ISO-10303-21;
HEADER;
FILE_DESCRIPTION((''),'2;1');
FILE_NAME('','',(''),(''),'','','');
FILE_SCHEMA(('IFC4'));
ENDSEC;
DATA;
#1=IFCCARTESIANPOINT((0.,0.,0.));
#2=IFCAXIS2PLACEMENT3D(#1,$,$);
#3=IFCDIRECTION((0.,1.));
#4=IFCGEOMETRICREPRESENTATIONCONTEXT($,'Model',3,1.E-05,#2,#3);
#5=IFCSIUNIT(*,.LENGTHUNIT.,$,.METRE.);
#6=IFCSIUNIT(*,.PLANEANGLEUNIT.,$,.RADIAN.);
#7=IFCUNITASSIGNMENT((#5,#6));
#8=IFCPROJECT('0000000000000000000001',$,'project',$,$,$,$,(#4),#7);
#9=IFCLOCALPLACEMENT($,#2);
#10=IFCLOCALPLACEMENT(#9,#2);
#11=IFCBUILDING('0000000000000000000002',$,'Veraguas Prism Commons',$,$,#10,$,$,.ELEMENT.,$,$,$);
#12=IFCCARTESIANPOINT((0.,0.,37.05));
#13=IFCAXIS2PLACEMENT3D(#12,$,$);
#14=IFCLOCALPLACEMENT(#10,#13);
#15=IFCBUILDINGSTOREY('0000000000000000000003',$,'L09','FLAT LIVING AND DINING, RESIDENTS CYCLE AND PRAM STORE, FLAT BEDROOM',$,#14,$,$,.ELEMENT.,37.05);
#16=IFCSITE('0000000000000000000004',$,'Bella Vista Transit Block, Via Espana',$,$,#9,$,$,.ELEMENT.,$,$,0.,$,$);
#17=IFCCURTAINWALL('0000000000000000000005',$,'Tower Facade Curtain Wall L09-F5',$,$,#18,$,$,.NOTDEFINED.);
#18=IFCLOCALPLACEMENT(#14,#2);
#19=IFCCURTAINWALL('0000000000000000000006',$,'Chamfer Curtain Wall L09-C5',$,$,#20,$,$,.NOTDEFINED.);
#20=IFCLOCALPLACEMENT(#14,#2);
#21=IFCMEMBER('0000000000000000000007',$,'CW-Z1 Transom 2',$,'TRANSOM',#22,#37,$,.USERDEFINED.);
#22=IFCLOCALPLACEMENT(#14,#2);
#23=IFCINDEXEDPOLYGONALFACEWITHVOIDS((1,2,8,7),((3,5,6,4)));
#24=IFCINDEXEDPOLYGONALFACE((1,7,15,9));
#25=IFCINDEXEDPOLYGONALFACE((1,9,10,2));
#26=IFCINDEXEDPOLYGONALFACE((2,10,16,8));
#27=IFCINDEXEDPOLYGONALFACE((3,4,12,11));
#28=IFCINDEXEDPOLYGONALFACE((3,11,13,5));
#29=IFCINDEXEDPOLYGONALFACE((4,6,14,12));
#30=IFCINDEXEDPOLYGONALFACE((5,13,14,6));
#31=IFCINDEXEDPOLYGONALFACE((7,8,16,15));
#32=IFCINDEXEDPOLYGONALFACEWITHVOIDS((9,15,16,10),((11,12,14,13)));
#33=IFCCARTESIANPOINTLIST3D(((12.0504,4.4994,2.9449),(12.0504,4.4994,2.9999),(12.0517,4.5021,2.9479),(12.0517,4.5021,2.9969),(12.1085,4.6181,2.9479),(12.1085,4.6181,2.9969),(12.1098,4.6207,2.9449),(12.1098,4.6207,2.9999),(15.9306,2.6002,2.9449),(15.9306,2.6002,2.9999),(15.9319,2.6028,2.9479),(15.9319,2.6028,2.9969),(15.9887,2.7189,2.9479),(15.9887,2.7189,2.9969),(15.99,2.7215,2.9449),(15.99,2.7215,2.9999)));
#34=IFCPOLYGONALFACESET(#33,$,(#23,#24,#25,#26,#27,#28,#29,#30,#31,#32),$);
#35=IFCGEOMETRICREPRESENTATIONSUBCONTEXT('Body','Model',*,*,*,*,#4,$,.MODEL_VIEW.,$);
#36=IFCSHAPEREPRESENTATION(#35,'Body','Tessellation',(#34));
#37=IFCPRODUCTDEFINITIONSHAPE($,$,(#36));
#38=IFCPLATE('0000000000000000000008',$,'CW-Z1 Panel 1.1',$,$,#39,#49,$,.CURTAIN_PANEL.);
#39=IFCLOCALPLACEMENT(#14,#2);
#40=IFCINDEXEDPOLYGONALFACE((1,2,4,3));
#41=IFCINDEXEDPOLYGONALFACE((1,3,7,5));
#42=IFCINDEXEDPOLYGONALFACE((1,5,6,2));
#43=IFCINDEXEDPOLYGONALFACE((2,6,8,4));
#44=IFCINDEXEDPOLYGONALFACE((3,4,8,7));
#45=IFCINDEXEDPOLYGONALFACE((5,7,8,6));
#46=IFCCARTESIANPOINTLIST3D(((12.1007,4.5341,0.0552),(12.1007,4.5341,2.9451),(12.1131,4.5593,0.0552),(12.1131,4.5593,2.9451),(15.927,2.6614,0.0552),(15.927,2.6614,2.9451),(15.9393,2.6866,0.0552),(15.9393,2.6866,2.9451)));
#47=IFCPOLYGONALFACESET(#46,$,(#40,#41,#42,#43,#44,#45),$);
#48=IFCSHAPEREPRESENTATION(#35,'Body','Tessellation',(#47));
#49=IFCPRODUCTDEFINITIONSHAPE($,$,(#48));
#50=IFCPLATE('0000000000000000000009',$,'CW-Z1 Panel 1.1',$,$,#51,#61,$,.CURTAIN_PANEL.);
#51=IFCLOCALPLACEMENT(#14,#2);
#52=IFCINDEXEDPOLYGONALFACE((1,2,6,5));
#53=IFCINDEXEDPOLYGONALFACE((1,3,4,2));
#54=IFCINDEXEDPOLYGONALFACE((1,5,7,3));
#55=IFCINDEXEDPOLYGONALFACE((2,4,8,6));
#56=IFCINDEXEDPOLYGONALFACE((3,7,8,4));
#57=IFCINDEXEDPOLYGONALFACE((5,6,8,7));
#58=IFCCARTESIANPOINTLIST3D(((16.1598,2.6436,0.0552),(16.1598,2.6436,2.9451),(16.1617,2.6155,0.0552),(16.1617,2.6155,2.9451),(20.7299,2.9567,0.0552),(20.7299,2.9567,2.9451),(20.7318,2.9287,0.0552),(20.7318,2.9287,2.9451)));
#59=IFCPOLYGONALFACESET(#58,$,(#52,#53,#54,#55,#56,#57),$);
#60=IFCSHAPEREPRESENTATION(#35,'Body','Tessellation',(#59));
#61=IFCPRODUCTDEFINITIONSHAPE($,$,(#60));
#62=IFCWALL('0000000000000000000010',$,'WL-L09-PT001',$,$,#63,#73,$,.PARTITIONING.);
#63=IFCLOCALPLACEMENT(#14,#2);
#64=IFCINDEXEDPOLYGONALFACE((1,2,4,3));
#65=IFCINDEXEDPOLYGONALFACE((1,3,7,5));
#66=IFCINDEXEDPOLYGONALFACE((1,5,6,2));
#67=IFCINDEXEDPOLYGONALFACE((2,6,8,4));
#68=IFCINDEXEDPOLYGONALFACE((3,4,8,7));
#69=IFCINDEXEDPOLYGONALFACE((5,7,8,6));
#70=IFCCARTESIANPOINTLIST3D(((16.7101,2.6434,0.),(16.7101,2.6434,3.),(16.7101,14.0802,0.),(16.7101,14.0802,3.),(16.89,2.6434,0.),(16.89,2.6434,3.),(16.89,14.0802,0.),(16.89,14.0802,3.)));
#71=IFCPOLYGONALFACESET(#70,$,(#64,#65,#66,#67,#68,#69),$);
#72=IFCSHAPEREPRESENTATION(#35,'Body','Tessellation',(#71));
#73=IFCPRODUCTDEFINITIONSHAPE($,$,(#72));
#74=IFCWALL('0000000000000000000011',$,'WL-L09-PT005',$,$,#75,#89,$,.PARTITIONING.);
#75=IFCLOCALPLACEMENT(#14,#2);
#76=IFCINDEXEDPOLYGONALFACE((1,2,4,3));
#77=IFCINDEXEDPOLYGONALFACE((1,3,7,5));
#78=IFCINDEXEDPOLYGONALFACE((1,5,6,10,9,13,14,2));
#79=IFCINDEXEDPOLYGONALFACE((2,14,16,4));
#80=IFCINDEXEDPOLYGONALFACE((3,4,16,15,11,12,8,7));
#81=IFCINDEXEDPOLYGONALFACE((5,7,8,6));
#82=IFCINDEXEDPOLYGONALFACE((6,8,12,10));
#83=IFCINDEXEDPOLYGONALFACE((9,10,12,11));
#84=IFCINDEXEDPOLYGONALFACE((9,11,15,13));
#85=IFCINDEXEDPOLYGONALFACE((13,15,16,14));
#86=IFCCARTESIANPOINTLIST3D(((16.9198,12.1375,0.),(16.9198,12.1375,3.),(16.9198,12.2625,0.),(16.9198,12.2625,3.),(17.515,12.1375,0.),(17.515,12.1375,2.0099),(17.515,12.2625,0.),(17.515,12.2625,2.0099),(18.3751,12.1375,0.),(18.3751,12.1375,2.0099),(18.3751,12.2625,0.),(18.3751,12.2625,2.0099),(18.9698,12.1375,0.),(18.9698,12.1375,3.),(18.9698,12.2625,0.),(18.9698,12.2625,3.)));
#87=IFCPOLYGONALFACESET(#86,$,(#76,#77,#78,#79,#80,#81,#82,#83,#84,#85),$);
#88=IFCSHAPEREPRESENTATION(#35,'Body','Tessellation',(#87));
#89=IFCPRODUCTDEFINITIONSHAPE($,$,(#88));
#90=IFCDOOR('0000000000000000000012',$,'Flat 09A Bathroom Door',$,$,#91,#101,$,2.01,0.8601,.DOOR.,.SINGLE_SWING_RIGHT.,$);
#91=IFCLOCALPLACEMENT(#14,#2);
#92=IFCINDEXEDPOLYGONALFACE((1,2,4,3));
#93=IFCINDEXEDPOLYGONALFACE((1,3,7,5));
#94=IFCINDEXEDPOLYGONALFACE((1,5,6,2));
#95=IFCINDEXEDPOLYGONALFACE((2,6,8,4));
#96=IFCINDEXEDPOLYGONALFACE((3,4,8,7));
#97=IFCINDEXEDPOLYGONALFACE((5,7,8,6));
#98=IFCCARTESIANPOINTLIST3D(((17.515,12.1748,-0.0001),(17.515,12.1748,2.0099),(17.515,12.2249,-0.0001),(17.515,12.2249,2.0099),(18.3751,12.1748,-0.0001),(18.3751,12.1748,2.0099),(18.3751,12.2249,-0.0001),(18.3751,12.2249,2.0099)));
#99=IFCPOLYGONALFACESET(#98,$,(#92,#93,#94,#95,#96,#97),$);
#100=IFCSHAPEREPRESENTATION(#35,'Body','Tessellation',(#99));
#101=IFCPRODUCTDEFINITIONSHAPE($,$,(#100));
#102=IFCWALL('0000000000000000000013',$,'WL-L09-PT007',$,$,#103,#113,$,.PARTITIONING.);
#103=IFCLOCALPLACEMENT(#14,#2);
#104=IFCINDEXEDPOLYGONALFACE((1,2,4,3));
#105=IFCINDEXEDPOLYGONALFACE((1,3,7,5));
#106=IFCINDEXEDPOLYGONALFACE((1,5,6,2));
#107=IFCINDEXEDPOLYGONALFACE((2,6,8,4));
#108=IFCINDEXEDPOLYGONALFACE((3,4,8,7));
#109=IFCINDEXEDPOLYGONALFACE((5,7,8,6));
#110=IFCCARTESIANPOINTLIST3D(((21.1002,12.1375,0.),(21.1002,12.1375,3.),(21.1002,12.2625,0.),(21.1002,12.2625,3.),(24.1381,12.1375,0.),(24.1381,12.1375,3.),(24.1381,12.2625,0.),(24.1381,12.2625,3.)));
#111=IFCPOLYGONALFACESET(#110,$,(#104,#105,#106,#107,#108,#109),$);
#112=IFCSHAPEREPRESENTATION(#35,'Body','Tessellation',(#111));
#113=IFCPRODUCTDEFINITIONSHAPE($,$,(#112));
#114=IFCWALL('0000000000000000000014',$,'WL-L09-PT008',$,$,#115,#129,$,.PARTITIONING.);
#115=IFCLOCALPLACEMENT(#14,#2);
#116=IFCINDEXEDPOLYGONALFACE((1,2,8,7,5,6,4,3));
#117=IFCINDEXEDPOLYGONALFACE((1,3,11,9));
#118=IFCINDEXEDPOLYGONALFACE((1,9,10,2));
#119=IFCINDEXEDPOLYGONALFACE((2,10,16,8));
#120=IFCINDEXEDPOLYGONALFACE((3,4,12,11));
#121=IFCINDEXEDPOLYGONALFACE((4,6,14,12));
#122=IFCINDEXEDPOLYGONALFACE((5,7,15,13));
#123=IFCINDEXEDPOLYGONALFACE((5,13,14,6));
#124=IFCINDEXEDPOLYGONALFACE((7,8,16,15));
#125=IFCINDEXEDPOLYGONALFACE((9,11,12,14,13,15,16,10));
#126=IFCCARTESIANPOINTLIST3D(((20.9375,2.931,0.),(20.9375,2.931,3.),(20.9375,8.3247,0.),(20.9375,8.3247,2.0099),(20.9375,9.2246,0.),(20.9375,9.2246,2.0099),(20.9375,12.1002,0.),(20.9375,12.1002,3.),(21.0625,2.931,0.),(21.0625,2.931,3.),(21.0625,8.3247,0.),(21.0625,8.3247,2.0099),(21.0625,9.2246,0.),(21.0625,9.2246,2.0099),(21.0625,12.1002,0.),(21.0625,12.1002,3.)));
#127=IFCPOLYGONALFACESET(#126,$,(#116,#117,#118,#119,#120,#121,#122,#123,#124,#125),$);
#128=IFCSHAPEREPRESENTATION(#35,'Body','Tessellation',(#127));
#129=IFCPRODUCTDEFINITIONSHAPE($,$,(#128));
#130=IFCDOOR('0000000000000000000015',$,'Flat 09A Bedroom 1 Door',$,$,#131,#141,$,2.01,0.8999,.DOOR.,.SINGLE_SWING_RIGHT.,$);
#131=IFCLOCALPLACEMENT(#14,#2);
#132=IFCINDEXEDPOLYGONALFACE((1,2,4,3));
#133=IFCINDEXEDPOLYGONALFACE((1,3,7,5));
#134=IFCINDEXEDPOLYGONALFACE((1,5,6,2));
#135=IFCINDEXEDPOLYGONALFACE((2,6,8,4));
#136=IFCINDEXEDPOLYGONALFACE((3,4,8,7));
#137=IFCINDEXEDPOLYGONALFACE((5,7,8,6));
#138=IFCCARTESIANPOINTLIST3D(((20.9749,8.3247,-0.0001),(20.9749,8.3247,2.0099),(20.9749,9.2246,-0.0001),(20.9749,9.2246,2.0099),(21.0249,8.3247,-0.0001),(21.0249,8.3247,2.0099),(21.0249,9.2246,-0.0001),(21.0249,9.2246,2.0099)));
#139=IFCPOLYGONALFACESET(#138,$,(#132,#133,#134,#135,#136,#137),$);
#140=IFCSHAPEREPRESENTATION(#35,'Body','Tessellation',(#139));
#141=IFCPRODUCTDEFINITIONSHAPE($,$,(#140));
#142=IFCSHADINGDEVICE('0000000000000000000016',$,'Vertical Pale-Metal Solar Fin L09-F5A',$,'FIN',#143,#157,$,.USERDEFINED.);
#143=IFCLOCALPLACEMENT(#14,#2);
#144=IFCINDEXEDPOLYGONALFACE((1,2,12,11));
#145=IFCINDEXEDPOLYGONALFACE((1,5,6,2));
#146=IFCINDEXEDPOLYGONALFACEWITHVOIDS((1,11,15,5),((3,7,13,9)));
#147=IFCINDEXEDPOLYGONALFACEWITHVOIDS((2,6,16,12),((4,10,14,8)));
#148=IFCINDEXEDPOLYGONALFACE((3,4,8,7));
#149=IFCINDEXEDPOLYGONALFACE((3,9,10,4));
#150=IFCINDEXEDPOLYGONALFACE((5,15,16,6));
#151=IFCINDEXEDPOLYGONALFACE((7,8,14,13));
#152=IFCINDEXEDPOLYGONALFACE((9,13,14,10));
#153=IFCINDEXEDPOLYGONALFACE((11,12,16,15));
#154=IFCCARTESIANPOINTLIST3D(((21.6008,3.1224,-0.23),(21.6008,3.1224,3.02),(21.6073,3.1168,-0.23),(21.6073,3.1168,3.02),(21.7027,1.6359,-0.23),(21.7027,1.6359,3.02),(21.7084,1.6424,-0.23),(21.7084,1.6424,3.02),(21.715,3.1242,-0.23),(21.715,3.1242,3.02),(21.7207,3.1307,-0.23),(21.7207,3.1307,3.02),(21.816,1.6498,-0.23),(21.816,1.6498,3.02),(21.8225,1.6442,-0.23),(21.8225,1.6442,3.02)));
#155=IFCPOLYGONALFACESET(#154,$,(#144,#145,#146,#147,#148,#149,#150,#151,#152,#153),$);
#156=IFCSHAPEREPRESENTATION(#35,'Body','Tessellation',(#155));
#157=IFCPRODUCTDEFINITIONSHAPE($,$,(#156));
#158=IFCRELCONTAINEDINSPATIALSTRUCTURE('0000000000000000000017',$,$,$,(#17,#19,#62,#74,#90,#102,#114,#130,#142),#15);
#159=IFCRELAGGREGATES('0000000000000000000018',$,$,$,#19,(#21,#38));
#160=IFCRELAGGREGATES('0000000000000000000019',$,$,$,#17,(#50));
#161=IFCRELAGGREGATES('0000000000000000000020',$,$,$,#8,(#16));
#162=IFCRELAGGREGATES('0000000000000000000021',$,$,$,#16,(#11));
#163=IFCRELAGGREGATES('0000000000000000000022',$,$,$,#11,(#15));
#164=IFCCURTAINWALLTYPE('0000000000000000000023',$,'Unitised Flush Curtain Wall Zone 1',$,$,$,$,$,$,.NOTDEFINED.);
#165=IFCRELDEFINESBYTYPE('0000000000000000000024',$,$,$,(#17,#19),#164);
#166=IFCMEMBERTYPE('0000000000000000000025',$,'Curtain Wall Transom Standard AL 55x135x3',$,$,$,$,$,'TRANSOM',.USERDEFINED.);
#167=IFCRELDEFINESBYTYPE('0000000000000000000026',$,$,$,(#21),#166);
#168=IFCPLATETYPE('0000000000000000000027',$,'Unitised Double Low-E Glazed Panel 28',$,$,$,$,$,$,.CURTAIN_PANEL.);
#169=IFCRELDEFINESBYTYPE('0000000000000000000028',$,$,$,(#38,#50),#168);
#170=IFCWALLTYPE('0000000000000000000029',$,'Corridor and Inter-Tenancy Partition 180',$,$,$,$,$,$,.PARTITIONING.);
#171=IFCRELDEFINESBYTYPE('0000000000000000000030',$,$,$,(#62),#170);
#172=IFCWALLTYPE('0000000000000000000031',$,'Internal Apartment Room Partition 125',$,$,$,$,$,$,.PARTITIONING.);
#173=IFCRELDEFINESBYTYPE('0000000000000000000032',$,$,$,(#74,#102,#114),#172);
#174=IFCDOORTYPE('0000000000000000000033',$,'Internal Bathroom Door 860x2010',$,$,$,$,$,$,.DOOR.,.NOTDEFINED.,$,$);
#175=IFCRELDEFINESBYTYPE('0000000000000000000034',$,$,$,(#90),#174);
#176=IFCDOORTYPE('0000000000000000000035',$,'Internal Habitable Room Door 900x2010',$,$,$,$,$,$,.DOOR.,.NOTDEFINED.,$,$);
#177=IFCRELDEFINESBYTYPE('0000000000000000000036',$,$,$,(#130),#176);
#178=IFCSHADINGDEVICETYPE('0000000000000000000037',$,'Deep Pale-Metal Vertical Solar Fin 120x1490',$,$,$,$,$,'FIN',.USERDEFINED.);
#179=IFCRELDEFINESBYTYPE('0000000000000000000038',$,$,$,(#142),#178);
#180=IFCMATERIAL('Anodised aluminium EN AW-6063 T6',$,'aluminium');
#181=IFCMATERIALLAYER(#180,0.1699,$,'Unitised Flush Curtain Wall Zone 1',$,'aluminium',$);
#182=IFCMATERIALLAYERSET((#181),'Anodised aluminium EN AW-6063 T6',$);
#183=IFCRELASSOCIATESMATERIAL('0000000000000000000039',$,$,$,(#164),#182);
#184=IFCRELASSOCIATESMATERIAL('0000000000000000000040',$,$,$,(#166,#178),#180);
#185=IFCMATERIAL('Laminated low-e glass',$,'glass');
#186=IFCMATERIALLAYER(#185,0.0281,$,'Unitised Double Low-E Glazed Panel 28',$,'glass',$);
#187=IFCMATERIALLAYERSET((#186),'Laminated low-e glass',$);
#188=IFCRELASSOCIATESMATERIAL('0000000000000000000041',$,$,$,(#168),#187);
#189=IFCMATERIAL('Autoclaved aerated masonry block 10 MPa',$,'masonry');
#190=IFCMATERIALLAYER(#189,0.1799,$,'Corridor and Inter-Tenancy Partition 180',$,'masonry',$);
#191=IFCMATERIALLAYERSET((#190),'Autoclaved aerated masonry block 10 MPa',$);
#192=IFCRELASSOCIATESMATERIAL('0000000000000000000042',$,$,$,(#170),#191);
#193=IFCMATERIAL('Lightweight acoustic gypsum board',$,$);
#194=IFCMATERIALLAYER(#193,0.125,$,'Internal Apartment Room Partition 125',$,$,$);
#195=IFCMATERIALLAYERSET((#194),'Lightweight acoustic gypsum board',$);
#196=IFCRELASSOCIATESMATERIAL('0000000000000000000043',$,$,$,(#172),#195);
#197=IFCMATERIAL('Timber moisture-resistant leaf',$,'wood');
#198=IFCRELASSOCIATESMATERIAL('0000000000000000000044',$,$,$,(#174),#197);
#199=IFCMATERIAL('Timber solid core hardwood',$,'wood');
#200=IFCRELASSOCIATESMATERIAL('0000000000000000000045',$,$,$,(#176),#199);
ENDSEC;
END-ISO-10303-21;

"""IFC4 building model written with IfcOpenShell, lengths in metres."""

from ifc_helpers import new_model, si_unit, direction, frame, frame_2d, origin, origin_2d, place, context, subcontext, project, spatial, rectangle, hollow_rectangle, extrude, source, transform, mapped, material, layer, layer_set, material_profile, profile_set, type_object, element, fill, aggregate, save


model = new_model("IFC4")

# Units and contexts
model_context = context("Model", 3, precision=1e-05, world=origin(), true_north=direction((0.0, 1.0)))
body_context = subcontext(model_context, "Body", "Model", "MODEL_VIEW")
ifc_project = project(units=[si_unit("LENGTHUNIT", "METRE"), si_unit("PLANEANGLEUNIT", "RADIAN")], contexts=[model_context])

# Site, building, storey
site_placement = place(None, origin())
site = spatial("IfcSite", under=ifc_project, at=site_placement, Name="Bella Vista Transit Block, Via Espana", CompositionType="ELEMENT", RefElevation=0.0)
building_placement = place(site_placement, origin())
building = spatial("IfcBuilding", under=site, at=building_placement, Name="Veraguas Prism Commons", CompositionType="ELEMENT")
storey_placement = place(building_placement, frame((0.0, 0.0, 37.05)))
storey = spatial("IfcBuildingStorey", under=building, at=storey_placement, Name="L09", Description="FLAT LIVING AND DINING, RESIDENTS CYCLE AND PRAM STORE, FLAT BEDROOM", CompositionType="ELEMENT", Elevation=37.05)

# Curtain wall
ifc_material_1 = material(Name="Anodised aluminium EN AW-6063 T6", Category="aluminium")
ifc_layer_1 = layer(ifc_material_1, 0.1699, Name="Unitised Flush Curtain Wall Zone 1", Category="aluminium")
ifc_layer_set_1 = layer_set([ifc_layer_1], Name="Anodised aluminium EN AW-6063 T6")
curtain_wall_type = type_object("IfcCurtainWallType", Name="Unitised Flush Curtain Wall Zone 1", PredefinedType="NOTDEFINED", material=ifc_layer_set_1)
curtain_wall_1_placement = place(storey_placement, origin())
curtain_wall_1 = element("IfcCurtainWall", 1, at=curtain_wall_1_placement, inside=storey, type_object=curtain_wall_type, Name="Tower Facade Curtain Wall L09-F5", PredefinedType="NOTDEFINED")

# Curtain wall
curtain_wall_2_placement = place(storey_placement, origin())
curtain_wall_2 = element("IfcCurtainWall", 2, at=curtain_wall_2_placement, inside=storey, type_object=curtain_wall_type, Name="Chamfer Curtain Wall L09-C5", PredefinedType="NOTDEFINED")

# Member
ifc_material_profile_1 = material_profile(ifc_material_1, hollow_rectangle(XDim=0.0549, YDim=0.135, WallThickness=0.0029, at=origin_2d()), Name="AL55X135X3")
ifc_profile_set_1 = profile_set([ifc_material_profile_1], Name="Anodised aluminium EN AW-6063 T6")
member_type_1 = type_object("IfcMemberType", Name="Curtain Wall Transom Standard AL 55x135x3", ElementType="TRANSOM", PredefinedType="USERDEFINED", material=ifc_profile_set_1)
shared_shape_1 = source(origin(), body_context, "Body", "SweptSolid", [
    extrude(hollow_rectangle(XDim=0.0549, YDim=0.135, WallThickness=0.0029, at=origin_2d()), origin(), (0.0, 0.0, 1.0), 4.3201),
])
member_1_placement = place(storey_placement, frame((12.0801, 4.5601, 2.9724), z_axis=(0.898182, -0.439625, 0.0), x_axis=(0.0, 0.0, 1.0)))
member_1 = element("IfcMember", 3, at=member_1_placement, type_object=member_type_1, Name="CW-Z1 Transom 2", ObjectType="TRANSOM", PredefinedType="USERDEFINED", context=body_context, shape_type="MappedRepresentation", body=[
    mapped(shared_shape_1, transform((0.0, 0.0, 0.0), scale=1.0)),
])

# Plates
ifc_material_2 = material(Name="Laminated low-e glass", Category="glass")
ifc_layer_2 = layer(ifc_material_2, 0.0281, Name="Unitised Double Low-E Glazed Panel 28", Category="glass")
ifc_layer_set_2 = layer_set([ifc_layer_2], Name="Laminated low-e glass")
plate_type = type_object("IfcPlateType", Name="Unitised Double Low-E Glazed Panel 28", PredefinedType="CURTAIN_PANEL", material=ifc_layer_set_2)
shared_shape_2 = source(origin(), body_context, "Body", "SweptSolid", [
    extrude(rectangle(XDim=4.26, YDim=0.0281, at=origin_2d()), origin(), (0.0, 0.0, 1.0), 2.8899),
])
plate_1_placement = place(storey_placement, frame((14.02, 3.6104, 0.0552), z_axis=(0.0, 0.0, 1.0), x_axis=(0.898185, -0.439618, 0.0)))
plate_1 = element("IfcPlate", 4, at=plate_1_placement, type_object=plate_type, Name="CW-Z1 Panel 1.1", PredefinedType="CURTAIN_PANEL", context=body_context, shape_type="MappedRepresentation", body=[
    mapped(shared_shape_2, transform((0.0, 0.0, 0.0), scale=1.0)),
])
aggregate(curtain_wall_2, [member_1, plate_1])
shared_shape_3 = source(origin(), body_context, "Body", "SweptSolid", [
    extrude(rectangle(XDim=4.5808, YDim=0.0281, at=origin_2d()), origin(), (0.0, 0.0, 1.0), 2.8899),
])
plate_2_placement = place(storey_placement, frame((18.4458, 2.7861, 0.0552), z_axis=(0.0, 0.0, 1.0), x_axis=(0.99766, 0.068364, 0.0)))
plate_2 = element("IfcPlate", 5, at=plate_2_placement, type_object=plate_type, Name="CW-Z1 Panel 1.1", PredefinedType="CURTAIN_PANEL", context=body_context, shape_type="MappedRepresentation", body=[
    mapped(shared_shape_3, transform((0.0, 0.0, 0.0), scale=1.0)),
])
aggregate(curtain_wall_1, [plate_2])

# Wall
ifc_material_3 = material(Name="Autoclaved aerated masonry block 10 MPa", Category="masonry")
ifc_layer_3 = layer(ifc_material_3, 0.1799, Name="Corridor and Inter-Tenancy Partition 180", Category="masonry")
ifc_layer_set_3 = layer_set([ifc_layer_3], Name="Autoclaved aerated masonry block 10 MPa")
wall_type_1 = type_object("IfcWallType", Name="Corridor and Inter-Tenancy Partition 180", PredefinedType="PARTITIONING", material=ifc_layer_set_3)
wall_1_placement = place(storey_placement, frame((16.8, 14.0801, 0.0), z_axis=(0.0, 0.0, 1.0), x_axis=(0.0, -1.0, 0.0)))
element("IfcWall", 6, at=wall_1_placement, inside=storey, type_object=wall_type_1, Name="WL-L09-PT001", PredefinedType="PARTITIONING", context=body_context, shape_type="SweptSolid", body=[
    extrude(rectangle(XDim=11.4368, YDim=0.1799, at=frame_2d((5.7183, 0.0))), origin(), (0.0, 0.0, 1.0), 3.0),
])

# Wall, opening, door
ifc_material_4 = material(Name="Lightweight acoustic gypsum board")
ifc_layer_4 = layer(ifc_material_4, 0.125, Name="Internal Apartment Room Partition 125")
ifc_layer_set_4 = layer_set([ifc_layer_4], Name="Lightweight acoustic gypsum board")
wall_type_2 = type_object("IfcWallType", Name="Internal Apartment Room Partition 125", PredefinedType="PARTITIONING", material=ifc_layer_set_4)
wall_2_placement = place(storey_placement, frame((16.9199, 12.2, 0.0), z_axis=(0.0, 0.0, 1.0), x_axis=(1.0, 0.0, 0.0)))
wall_2 = element("IfcWall", 7, at=wall_2_placement, inside=storey, type_object=wall_type_2, Name="WL-L09-PT005", PredefinedType="PARTITIONING", context=body_context, shape_type="SweptSolid", body=[
    extrude(rectangle(XDim=2.05, YDim=0.125, at=frame_2d((1.0249, 0.0))), origin(), (0.0, 0.0, 1.0), 3.0),
])
opening_1_placement = place(wall_2_placement, frame((0.595, 0.0, 0.0)))
opening_1 = element("IfcOpeningElement", 8, at=opening_1_placement, cuts=wall_2, PredefinedType="OPENING", context=body_context, shape_type="SweptSolid", body=[
    extrude(rectangle(XDim=0.8601, YDim=2.01, at=frame_2d((0.4302, 1.0049))), frame((0.0, 0.0725, 0.0), z_axis=(0.0, -1.0, 0.0), x_axis=(1.0, 0.0, 0.0)), (0.0, 0.0, 1.0), 0.145),
])
ifc_material_5 = material(Name="Timber moisture-resistant leaf", Category="wood")
door_type_1 = type_object("IfcDoorType", Name="Internal Bathroom Door 860x2010", OperationType="NOTDEFINED", PredefinedType="DOOR", material=ifc_material_5)
shared_shape_4 = source(origin(), body_context, "Body", "SweptSolid", [
    extrude(rectangle(XDim=0.8601, YDim=2.01, at=frame_2d((0.4302, 1.0049))), frame((0.0, 0.0249, 0.0), z_axis=(0.0, -1.0, 0.0), x_axis=(1.0, 0.0, 0.0)), (0.0, 0.0, 1.0), 0.05),
])
door_1_placement = place(opening_1_placement, origin())
door_1 = element("IfcDoor", 9, at=door_1_placement, inside=storey, type_object=door_type_1, Name="Flat 09A Bathroom Door", OperationType="SINGLE_SWING_RIGHT", OverallHeight=2.01, OverallWidth=0.8601, PredefinedType="DOOR", context=body_context, shape_type="MappedRepresentation", body=[
    mapped(shared_shape_4, transform((0.0, 0.0, 0.0), scale=1.0)),
])
fill(opening_1, door_1)

# Wall
wall_3_placement = place(storey_placement, frame((21.1001, 12.2, 0.0), z_axis=(0.0, 0.0, 1.0), x_axis=(1.0, 0.0, 0.0)))
element("IfcWall", 10, at=wall_3_placement, inside=storey, type_object=wall_type_2, Name="WL-L09-PT007", PredefinedType="PARTITIONING", context=body_context, shape_type="SweptSolid", body=[
    extrude(rectangle(XDim=3.0378, YDim=0.125, at=frame_2d((1.519, 0.0))), origin(), (0.0, 0.0, 1.0), 3.0),
])

# Wall, opening, door
wall_4_placement = place(storey_placement, frame((21.0, 12.1001, 0.0), z_axis=(0.0, 0.0, 1.0), x_axis=(0.0, -1.0, 0.0)))
wall_4 = element("IfcWall", 11, at=wall_4_placement, inside=storey, type_object=wall_type_2, Name="WL-L09-PT008", PredefinedType="PARTITIONING", context=body_context, shape_type="SweptSolid", body=[
    extrude(rectangle(XDim=9.1692, YDim=0.125, at=frame_2d((4.5845, 0.0))), origin(), (0.0, 0.0, 1.0), 3.0),
])
opening_2_placement = place(wall_4_placement, frame((2.8755, 0.0, 0.0)))
opening_2 = element("IfcOpeningElement", 12, at=opening_2_placement, cuts=wall_4, PredefinedType="OPENING", context=body_context, shape_type="SweptSolid", body=[
    extrude(rectangle(XDim=0.8999, YDim=2.01, at=frame_2d((0.45, 1.0049))), frame((0.0, 0.0725, 0.0), z_axis=(0.0, -1.0, 0.0), x_axis=(1.0, 0.0, 0.0)), (0.0, 0.0, 1.0), 0.145),
])
ifc_material_6 = material(Name="Timber solid core hardwood", Category="wood")
door_type_2 = type_object("IfcDoorType", Name="Internal Habitable Room Door 900x2010", OperationType="NOTDEFINED", PredefinedType="DOOR", material=ifc_material_6)
shared_shape_5 = source(origin(), body_context, "Body", "SweptSolid", [
    extrude(rectangle(XDim=0.8999, YDim=2.01, at=frame_2d((0.45, 1.0049))), frame((0.0, 0.0249, 0.0), z_axis=(0.0, -1.0, 0.0), x_axis=(1.0, 0.0, 0.0)), (0.0, 0.0, 1.0), 0.05),
])
door_2_placement = place(opening_2_placement, origin())
door_2 = element("IfcDoor", 13, at=door_2_placement, inside=storey, type_object=door_type_2, Name="Flat 09A Bedroom 1 Door", OperationType="SINGLE_SWING_RIGHT", OverallHeight=2.01, OverallWidth=0.8999, PredefinedType="DOOR", context=body_context, shape_type="MappedRepresentation", body=[
    mapped(shared_shape_5, transform((0.0, 0.0, 0.0), scale=1.0)),
])
fill(opening_2, door_2)

# Shading device
ifc_material_profile_2 = material_profile(ifc_material_1, hollow_rectangle(XDim=0.1201, YDim=1.49, WallThickness=0.0061, at=origin_2d()), Name="FIN120X1490X6")
ifc_profile_set_2 = profile_set([ifc_material_profile_2], Name="Anodised aluminium EN AW-6063 T6")
shading_device_type = type_object("IfcShadingDeviceType", Name="Deep Pale-Metal Vertical Solar Fin 120x1490", ElementType="FIN", PredefinedType="USERDEFINED", material=ifc_profile_set_2)
shading_device_placement = place(storey_placement, frame((21.7117, 2.3833, -0.23), z_axis=(0.0, 0.0, 1.0), x_axis=(0.99766, 0.068364, 0.0)))
element("IfcShadingDevice", 14, at=shading_device_placement, inside=storey, type_object=shading_device_type, Name="Vertical Pale-Metal Solar Fin L09-F5A", ObjectType="FIN", PredefinedType="USERDEFINED", context=body_context, shape_type="SweptSolid", body=[
    extrude(hollow_rectangle(XDim=0.1201, YDim=1.49, WallThickness=0.0061, at=origin_2d()), origin(), (0.0, 0.0, 1.0), 3.25),
])

save(model, "model.ifc")
